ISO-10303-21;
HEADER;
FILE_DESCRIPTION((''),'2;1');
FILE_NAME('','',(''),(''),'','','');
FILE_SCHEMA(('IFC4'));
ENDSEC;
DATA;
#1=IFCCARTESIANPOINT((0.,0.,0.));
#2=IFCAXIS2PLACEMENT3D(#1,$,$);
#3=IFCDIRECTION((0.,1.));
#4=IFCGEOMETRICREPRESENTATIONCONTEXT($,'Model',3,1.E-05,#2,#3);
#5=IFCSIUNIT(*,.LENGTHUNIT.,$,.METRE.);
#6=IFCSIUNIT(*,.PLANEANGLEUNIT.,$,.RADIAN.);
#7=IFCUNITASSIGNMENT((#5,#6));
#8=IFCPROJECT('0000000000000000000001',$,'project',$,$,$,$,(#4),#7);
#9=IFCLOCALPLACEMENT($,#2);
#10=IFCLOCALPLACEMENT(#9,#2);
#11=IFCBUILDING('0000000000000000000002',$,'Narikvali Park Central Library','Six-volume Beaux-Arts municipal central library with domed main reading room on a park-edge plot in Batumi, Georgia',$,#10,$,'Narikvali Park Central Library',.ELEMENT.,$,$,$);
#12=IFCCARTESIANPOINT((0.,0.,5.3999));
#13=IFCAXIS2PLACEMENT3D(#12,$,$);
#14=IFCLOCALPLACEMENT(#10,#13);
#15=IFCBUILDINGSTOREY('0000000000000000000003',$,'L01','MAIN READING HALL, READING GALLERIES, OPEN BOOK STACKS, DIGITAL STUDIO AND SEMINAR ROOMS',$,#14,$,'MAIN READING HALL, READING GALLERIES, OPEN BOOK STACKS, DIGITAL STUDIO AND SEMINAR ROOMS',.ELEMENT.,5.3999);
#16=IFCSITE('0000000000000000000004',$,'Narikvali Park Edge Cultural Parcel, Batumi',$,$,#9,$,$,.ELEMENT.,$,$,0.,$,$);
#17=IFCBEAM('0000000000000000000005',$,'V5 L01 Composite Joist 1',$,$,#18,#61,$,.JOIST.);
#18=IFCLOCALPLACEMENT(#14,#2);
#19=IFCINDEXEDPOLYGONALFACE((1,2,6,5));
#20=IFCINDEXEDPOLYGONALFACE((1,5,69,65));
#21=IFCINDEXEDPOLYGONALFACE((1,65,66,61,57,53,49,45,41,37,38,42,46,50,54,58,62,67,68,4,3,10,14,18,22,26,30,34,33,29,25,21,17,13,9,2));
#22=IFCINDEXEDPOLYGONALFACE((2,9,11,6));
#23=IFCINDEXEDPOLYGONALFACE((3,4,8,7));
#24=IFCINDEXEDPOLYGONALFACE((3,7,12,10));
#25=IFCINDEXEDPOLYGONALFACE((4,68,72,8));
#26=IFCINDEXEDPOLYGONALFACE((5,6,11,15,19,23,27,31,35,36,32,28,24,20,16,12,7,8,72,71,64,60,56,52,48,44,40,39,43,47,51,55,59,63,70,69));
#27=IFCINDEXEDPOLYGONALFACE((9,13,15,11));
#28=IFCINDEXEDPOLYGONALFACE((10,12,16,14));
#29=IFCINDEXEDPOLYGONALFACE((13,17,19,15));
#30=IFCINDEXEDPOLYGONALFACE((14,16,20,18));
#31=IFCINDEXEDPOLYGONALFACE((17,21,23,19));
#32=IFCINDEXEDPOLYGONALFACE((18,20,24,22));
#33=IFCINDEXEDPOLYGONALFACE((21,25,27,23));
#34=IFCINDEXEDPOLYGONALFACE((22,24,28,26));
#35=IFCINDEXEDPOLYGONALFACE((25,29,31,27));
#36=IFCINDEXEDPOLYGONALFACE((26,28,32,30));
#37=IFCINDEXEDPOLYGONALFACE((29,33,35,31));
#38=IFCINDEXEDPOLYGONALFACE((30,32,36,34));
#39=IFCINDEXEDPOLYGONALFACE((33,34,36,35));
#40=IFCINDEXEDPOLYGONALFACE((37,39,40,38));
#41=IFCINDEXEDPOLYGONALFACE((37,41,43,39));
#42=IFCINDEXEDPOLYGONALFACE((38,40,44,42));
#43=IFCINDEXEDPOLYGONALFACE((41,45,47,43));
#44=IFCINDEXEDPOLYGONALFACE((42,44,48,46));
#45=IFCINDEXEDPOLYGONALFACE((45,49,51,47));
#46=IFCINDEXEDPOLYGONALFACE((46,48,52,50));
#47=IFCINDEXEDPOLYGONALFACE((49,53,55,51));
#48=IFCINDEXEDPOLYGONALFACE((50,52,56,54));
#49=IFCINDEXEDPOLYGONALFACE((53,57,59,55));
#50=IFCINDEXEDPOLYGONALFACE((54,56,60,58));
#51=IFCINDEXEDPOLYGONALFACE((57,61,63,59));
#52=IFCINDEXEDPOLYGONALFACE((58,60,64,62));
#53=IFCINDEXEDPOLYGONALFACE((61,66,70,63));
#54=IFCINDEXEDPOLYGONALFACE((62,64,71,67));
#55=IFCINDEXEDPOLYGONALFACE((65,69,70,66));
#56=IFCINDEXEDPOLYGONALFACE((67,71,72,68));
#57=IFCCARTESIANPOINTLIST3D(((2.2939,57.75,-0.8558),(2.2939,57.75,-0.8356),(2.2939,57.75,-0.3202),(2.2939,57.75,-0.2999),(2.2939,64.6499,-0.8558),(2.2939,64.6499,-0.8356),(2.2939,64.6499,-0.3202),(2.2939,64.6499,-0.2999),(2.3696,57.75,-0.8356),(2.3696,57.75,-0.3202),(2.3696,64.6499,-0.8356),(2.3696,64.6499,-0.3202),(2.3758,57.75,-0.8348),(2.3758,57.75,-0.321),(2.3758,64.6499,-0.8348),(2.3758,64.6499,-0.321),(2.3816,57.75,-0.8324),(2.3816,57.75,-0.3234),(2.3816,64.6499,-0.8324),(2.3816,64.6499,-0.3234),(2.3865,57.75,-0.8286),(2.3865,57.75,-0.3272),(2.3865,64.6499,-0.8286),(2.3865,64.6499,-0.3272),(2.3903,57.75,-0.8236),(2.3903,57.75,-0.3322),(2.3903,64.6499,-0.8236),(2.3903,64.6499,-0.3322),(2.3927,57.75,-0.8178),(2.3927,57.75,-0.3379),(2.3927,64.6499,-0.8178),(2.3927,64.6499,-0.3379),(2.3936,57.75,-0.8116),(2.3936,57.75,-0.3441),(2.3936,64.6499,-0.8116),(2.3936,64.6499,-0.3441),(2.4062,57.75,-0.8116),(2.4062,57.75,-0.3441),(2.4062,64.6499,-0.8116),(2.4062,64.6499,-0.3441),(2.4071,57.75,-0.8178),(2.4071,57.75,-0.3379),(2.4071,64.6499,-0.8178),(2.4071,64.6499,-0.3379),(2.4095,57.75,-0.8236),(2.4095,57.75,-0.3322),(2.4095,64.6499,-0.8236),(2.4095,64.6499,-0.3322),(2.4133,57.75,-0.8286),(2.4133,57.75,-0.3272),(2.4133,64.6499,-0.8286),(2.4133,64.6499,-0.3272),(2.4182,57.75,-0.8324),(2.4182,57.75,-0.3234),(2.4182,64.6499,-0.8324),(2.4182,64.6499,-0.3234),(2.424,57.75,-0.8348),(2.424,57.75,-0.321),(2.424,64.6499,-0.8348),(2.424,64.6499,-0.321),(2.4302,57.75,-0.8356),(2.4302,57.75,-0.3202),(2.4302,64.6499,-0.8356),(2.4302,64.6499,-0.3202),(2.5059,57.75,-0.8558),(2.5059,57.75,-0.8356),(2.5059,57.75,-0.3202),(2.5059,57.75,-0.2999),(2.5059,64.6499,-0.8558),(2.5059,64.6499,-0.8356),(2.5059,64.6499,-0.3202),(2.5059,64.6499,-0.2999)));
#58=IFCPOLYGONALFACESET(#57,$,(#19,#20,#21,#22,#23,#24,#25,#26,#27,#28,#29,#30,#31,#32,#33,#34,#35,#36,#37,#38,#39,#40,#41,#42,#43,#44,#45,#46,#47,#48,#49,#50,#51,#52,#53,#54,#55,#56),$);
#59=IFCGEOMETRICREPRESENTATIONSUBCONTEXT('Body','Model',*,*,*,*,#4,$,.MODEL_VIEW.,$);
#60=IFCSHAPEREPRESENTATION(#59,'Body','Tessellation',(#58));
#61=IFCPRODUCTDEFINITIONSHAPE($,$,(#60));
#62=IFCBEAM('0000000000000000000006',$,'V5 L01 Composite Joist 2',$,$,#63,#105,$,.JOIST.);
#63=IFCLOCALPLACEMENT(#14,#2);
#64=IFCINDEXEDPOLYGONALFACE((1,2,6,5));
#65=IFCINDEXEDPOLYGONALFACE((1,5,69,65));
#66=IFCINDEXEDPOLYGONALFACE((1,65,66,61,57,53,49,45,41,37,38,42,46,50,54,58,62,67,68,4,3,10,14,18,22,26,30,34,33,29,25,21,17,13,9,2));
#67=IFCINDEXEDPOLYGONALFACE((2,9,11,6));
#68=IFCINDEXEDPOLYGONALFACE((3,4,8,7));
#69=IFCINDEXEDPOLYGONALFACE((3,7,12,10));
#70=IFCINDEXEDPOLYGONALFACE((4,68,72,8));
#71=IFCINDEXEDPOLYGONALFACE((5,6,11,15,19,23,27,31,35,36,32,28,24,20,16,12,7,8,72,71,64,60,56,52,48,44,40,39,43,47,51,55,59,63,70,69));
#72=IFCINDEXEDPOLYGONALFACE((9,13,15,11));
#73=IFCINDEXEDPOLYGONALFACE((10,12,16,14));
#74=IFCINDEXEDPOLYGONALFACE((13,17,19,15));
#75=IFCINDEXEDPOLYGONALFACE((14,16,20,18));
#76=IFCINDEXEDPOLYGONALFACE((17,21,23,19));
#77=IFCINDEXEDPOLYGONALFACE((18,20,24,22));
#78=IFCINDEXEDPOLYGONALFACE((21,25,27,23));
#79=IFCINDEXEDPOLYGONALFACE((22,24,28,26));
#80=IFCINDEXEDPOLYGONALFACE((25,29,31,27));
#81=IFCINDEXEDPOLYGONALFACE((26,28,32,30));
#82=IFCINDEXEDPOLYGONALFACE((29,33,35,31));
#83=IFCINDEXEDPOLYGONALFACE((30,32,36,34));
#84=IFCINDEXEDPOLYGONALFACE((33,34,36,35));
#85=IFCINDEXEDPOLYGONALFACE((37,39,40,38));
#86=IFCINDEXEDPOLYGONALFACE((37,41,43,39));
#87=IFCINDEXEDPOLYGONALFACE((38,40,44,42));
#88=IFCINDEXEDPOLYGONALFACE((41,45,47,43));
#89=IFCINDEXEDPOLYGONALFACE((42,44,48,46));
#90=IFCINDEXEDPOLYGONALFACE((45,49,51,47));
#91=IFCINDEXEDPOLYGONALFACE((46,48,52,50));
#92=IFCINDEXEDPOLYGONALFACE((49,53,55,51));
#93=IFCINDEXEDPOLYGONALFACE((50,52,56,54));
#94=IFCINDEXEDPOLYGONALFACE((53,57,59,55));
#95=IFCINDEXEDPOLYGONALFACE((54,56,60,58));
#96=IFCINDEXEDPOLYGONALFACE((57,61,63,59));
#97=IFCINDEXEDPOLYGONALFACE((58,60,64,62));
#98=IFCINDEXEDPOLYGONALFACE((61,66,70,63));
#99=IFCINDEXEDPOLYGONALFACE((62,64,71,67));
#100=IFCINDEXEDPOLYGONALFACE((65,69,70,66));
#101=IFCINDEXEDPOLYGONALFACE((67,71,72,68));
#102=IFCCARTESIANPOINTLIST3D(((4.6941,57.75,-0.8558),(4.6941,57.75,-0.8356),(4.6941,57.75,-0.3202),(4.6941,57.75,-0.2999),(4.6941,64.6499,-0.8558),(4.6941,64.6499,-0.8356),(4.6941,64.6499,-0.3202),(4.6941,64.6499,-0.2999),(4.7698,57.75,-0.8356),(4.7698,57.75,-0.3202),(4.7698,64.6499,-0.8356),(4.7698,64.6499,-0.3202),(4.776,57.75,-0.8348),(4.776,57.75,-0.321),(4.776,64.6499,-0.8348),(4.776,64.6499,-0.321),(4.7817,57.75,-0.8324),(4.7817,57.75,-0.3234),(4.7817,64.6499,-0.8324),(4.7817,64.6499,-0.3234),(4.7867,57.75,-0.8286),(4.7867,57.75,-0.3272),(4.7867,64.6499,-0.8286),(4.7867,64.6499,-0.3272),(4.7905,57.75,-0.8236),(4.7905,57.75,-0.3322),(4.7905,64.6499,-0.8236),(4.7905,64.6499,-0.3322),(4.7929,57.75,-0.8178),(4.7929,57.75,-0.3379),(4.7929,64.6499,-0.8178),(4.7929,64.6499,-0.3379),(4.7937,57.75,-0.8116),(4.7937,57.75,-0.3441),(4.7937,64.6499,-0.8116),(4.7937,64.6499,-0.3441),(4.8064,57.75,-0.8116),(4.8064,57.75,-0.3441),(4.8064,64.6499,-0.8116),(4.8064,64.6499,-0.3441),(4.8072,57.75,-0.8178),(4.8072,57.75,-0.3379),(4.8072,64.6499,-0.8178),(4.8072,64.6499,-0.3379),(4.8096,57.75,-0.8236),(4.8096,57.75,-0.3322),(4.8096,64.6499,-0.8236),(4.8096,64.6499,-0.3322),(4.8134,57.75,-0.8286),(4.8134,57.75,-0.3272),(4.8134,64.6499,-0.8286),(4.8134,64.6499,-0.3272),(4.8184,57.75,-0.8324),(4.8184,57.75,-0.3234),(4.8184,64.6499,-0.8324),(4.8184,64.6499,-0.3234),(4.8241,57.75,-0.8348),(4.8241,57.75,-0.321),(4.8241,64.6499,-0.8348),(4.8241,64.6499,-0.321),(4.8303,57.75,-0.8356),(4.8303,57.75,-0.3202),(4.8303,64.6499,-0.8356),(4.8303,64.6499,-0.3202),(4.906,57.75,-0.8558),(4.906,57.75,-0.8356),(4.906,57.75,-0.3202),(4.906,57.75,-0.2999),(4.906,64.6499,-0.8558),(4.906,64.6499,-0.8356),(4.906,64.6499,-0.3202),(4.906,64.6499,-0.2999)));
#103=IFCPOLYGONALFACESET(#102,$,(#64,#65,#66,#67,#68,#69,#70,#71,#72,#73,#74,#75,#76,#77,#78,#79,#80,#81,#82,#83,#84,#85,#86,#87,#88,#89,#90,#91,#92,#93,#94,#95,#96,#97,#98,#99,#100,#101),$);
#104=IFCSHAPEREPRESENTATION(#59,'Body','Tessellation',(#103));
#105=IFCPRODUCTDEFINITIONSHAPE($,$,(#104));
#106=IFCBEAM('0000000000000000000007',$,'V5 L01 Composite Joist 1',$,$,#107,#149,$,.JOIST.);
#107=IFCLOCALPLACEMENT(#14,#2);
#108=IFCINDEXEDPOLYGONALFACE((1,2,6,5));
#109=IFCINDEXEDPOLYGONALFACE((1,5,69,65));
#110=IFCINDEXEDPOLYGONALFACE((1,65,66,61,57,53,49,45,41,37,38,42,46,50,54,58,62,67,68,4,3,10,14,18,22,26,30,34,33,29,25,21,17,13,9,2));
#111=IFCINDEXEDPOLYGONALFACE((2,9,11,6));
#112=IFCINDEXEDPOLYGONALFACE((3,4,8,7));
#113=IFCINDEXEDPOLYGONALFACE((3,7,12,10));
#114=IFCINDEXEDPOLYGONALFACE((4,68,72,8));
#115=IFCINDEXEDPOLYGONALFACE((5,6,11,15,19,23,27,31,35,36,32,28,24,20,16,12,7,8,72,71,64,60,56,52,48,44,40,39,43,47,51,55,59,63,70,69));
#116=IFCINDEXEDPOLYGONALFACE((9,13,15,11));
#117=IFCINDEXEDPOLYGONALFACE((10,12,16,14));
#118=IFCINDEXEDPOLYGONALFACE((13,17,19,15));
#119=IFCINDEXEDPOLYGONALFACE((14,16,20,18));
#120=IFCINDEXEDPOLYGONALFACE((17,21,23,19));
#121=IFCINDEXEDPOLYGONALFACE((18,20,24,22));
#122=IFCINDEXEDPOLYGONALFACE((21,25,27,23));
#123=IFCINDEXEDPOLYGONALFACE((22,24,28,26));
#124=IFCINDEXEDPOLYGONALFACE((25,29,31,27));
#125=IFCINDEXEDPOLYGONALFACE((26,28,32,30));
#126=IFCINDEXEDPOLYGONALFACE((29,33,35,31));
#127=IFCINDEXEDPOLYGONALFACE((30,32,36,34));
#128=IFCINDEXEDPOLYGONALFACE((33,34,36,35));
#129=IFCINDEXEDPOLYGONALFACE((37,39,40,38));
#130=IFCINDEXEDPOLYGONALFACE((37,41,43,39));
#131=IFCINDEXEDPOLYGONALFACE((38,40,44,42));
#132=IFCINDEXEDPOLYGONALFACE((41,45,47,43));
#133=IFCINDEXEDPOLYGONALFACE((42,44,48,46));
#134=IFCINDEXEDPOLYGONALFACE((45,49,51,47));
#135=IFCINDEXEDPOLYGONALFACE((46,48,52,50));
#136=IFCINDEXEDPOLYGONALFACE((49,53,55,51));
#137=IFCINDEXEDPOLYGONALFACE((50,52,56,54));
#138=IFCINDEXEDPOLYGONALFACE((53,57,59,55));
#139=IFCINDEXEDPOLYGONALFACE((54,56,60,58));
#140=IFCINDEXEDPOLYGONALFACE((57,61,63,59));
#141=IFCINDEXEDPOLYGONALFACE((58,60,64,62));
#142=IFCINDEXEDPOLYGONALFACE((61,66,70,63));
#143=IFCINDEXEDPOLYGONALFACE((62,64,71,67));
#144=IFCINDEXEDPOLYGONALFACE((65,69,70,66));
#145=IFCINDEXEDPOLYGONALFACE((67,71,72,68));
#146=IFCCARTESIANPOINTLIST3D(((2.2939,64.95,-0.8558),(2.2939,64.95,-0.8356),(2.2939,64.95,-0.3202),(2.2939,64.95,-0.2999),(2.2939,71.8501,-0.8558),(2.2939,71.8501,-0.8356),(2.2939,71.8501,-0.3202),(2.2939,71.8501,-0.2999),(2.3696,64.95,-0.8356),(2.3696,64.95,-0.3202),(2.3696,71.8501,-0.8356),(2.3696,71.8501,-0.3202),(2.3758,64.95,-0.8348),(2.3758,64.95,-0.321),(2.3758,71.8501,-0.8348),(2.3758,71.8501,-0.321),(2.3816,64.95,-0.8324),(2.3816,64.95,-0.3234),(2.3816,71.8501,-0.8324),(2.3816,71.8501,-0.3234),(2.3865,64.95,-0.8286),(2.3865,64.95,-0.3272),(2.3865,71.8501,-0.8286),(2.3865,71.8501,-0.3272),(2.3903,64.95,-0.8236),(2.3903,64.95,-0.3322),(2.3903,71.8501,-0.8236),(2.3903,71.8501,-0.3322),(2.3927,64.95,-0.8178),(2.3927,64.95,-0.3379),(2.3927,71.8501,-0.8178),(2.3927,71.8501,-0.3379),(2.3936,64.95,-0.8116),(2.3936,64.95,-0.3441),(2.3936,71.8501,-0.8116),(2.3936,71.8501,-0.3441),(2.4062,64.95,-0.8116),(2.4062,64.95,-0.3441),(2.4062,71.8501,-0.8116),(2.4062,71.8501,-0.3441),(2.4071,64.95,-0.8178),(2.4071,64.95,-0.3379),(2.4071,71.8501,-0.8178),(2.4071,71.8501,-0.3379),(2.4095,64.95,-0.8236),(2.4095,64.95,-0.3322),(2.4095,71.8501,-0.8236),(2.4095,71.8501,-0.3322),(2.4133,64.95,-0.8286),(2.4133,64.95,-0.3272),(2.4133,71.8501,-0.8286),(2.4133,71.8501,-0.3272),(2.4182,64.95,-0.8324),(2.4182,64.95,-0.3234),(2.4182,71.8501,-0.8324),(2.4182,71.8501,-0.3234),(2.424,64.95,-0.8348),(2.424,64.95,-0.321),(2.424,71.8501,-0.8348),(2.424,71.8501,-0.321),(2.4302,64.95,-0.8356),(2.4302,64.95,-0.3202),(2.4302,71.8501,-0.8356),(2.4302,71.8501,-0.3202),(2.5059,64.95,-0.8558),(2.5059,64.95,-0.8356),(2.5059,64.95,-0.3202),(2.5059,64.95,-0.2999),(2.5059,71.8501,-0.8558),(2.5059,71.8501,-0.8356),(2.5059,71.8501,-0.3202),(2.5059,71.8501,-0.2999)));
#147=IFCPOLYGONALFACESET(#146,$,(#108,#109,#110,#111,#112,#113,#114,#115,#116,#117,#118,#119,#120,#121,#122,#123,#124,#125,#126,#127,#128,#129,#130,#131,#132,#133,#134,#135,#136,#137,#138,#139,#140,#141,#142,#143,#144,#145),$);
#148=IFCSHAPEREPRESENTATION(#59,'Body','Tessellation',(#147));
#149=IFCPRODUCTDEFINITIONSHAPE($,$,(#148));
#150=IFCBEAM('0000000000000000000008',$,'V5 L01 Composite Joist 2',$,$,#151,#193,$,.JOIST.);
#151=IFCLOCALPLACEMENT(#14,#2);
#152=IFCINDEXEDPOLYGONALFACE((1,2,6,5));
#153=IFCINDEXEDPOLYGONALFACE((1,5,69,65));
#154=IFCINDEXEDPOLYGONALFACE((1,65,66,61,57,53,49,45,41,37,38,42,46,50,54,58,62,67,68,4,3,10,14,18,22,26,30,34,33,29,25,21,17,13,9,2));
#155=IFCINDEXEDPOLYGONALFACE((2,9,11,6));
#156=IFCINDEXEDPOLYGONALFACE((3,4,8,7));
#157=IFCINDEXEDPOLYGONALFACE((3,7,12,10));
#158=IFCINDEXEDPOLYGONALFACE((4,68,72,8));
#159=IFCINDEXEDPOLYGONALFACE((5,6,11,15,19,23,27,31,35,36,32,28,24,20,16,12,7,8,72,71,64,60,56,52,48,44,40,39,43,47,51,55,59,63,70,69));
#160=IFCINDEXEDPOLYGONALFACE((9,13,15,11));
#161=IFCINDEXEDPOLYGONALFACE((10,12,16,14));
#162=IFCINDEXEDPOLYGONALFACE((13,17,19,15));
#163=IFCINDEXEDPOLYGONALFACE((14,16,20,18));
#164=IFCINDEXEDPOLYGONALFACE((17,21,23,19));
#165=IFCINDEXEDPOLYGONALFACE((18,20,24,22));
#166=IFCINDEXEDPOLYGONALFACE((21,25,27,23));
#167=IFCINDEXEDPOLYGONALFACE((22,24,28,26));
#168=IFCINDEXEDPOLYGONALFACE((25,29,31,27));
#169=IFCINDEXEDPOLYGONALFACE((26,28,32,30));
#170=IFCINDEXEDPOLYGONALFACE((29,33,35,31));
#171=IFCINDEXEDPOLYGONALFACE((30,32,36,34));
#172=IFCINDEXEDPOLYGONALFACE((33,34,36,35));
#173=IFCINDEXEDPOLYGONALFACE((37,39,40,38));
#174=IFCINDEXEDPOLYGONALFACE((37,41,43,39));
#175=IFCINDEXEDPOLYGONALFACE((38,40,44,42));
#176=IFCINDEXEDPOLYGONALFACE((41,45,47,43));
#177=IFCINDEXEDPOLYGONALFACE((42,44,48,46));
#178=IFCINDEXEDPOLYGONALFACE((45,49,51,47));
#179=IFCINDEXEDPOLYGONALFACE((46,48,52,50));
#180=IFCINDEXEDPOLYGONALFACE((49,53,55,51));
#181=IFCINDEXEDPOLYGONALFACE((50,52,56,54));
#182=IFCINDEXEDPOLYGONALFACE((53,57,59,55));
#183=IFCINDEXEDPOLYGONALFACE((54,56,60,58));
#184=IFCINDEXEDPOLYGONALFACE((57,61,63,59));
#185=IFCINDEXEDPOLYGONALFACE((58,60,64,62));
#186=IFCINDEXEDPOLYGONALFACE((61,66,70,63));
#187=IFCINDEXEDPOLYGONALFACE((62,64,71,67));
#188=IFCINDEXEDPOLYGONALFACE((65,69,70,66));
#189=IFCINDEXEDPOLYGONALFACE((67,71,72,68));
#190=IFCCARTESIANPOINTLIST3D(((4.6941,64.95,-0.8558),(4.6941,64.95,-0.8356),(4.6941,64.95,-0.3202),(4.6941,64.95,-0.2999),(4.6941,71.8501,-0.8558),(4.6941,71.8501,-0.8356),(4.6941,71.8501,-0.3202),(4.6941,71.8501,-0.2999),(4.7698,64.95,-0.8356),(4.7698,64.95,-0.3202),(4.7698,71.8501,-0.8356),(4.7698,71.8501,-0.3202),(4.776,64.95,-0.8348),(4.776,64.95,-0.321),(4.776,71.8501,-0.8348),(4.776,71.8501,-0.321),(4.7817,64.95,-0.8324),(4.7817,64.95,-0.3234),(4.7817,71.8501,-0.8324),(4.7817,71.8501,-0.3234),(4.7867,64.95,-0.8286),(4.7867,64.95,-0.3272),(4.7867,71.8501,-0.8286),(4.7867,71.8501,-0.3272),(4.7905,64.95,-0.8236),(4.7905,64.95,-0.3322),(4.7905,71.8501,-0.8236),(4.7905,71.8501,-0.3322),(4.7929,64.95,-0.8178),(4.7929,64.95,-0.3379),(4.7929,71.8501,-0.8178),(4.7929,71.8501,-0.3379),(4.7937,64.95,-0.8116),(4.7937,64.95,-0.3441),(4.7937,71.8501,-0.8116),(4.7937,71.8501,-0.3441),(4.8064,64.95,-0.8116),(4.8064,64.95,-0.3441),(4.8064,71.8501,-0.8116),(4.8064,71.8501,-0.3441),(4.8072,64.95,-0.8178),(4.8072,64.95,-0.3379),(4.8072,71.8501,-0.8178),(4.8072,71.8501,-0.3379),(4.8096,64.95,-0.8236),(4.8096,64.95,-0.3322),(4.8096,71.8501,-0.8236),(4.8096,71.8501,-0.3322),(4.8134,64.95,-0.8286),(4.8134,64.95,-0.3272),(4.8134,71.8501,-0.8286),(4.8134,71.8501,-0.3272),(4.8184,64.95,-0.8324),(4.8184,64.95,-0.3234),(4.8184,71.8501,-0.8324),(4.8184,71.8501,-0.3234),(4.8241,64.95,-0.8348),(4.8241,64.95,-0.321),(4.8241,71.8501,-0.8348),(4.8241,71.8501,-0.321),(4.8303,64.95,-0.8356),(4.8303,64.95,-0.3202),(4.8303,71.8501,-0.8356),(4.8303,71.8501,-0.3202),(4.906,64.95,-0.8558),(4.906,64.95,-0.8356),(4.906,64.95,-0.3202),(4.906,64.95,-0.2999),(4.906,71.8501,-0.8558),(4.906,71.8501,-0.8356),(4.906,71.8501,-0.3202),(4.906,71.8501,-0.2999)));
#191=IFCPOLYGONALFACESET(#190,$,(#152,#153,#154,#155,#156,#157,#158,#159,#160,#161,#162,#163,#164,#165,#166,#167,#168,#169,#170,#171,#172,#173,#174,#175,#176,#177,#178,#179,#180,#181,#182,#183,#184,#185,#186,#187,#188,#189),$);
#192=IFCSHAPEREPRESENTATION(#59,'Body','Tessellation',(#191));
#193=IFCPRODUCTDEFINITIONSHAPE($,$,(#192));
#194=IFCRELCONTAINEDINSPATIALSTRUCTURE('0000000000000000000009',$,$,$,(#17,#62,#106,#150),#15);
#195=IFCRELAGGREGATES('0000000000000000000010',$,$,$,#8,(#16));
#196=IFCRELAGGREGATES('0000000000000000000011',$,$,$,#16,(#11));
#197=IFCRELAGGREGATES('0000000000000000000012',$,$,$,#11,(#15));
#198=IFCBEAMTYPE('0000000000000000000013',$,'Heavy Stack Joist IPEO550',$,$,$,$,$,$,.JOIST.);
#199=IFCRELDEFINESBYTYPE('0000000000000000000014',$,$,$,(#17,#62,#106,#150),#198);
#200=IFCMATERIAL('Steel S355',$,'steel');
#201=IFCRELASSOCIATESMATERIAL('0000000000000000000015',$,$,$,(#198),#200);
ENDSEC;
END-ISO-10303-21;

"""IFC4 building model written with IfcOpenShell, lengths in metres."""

from ifc_helpers import new_model, si_unit, direction, frame, origin, origin_2d, place, context, subcontext, project, spatial, i_section, extrude, material, material_profile, profile_set, type_object, element, save


model = new_model("IFC4")

# Units and contexts
model_context = context("Model", 3, precision=1e-05, world=origin(), true_north=direction((0.0, 1.0)))
body_context = subcontext(model_context, "Body", "Model", "MODEL_VIEW")
ifc_project = project(units=[si_unit("LENGTHUNIT", "METRE"), si_unit("PLANEANGLEUNIT", "RADIAN")], contexts=[model_context])

# Site, building, storey
site_placement = place(None, origin())
site = spatial("IfcSite", under=ifc_project, at=site_placement, Name="Narikvali Park Edge Cultural Parcel, Batumi", CompositionType="ELEMENT", RefElevation=0.0)
building_placement = place(site_placement, origin())
building = spatial("IfcBuilding", under=site, at=building_placement, Name="Narikvali Park Central Library", Description="Six-volume Beaux-Arts municipal central library with domed main reading room on a park-edge plot in Batumi, Georgia", LongName="Narikvali Park Central Library", CompositionType="ELEMENT")
storey_placement = place(building_placement, frame((0.0, 0.0, 5.3999)))
storey = spatial("IfcBuildingStorey", under=building, at=storey_placement, Name="L01", Description="MAIN READING HALL, READING GALLERIES, OPEN BOOK STACKS, DIGITAL STUDIO AND SEMINAR ROOMS", LongName="MAIN READING HALL, READING GALLERIES, OPEN BOOK STACKS, DIGITAL STUDIO AND SEMINAR ROOMS", CompositionType="ELEMENT", Elevation=5.3999)

# Shared definitions
ifc_material_1 = material(Name="Steel S355", Category="steel")

# Beams
ifc_material_profile_1 = material_profile(ifc_material_1, i_section(OverallWidth=0.2119, OverallDepth=0.5559, WebThickness=0.0127, FlangeThickness=0.0203, FilletRadius=0.0239, at=origin_2d()), Name="IPEO 550")
ifc_profile_set_1 = profile_set([ifc_material_profile_1], Name="Steel S355")
beam_type_1 = type_object("IfcBeamType", Name="Heavy Stack Joist IPEO550", PredefinedType="JOIST", material=ifc_profile_set_1)
for number, where, z_axis, x_axis, name in (
    (1, (2.3999, 57.75, -0.5779), (0.0, 1.0, 0.0), (-1.0, 0.0, 0.0), "V5 L01 Composite Joist 1"),
    (2, (4.8, 57.75, -0.5779), (0.0, 1.0, 0.0), (-1.0, 0.0, 0.0), "V5 L01 Composite Joist 2"),
):
    element("IfcBeam", number, at=place(storey_placement, frame(where, z_axis=z_axis, x_axis=x_axis)), inside=storey, type_object=beam_type_1, Name=name, PredefinedType="JOIST", context=body_context, shape_type="SweptSolid", body=[
        extrude(i_section(OverallWidth=0.2119, OverallDepth=0.5559, WebThickness=0.0127, FlangeThickness=0.0203, FilletRadius=0.0239, at=origin_2d()), origin(), (0.0, 0.0, 1.0), 6.8999),
    ])
for number, where, z_axis, x_axis, name in (
    (3, (2.3999, 64.95, -0.5779), (0.0, 1.0, 0.0), (-1.0, 0.0, 0.0), "V5 L01 Composite Joist 1"),
    (4, (4.8, 64.95, -0.5779), (0.0, 1.0, 0.0), (-1.0, 0.0, 0.0), "V5 L01 Composite Joist 2"),
):
    element("IfcBeam", number, at=place(storey_placement, frame(where, z_axis=z_axis, x_axis=x_axis)), inside=storey, type_object=beam_type_1, Name=name, PredefinedType="JOIST", context=body_context, shape_type="SweptSolid", body=[
        extrude(i_section(OverallWidth=0.2119, OverallDepth=0.5559, WebThickness=0.0127, FlangeThickness=0.0203, FilletRadius=0.0239, at=origin_2d()), origin(), (0.0, 0.0, 1.0), 6.9001),
    ])

save(model, "model.ifc")
